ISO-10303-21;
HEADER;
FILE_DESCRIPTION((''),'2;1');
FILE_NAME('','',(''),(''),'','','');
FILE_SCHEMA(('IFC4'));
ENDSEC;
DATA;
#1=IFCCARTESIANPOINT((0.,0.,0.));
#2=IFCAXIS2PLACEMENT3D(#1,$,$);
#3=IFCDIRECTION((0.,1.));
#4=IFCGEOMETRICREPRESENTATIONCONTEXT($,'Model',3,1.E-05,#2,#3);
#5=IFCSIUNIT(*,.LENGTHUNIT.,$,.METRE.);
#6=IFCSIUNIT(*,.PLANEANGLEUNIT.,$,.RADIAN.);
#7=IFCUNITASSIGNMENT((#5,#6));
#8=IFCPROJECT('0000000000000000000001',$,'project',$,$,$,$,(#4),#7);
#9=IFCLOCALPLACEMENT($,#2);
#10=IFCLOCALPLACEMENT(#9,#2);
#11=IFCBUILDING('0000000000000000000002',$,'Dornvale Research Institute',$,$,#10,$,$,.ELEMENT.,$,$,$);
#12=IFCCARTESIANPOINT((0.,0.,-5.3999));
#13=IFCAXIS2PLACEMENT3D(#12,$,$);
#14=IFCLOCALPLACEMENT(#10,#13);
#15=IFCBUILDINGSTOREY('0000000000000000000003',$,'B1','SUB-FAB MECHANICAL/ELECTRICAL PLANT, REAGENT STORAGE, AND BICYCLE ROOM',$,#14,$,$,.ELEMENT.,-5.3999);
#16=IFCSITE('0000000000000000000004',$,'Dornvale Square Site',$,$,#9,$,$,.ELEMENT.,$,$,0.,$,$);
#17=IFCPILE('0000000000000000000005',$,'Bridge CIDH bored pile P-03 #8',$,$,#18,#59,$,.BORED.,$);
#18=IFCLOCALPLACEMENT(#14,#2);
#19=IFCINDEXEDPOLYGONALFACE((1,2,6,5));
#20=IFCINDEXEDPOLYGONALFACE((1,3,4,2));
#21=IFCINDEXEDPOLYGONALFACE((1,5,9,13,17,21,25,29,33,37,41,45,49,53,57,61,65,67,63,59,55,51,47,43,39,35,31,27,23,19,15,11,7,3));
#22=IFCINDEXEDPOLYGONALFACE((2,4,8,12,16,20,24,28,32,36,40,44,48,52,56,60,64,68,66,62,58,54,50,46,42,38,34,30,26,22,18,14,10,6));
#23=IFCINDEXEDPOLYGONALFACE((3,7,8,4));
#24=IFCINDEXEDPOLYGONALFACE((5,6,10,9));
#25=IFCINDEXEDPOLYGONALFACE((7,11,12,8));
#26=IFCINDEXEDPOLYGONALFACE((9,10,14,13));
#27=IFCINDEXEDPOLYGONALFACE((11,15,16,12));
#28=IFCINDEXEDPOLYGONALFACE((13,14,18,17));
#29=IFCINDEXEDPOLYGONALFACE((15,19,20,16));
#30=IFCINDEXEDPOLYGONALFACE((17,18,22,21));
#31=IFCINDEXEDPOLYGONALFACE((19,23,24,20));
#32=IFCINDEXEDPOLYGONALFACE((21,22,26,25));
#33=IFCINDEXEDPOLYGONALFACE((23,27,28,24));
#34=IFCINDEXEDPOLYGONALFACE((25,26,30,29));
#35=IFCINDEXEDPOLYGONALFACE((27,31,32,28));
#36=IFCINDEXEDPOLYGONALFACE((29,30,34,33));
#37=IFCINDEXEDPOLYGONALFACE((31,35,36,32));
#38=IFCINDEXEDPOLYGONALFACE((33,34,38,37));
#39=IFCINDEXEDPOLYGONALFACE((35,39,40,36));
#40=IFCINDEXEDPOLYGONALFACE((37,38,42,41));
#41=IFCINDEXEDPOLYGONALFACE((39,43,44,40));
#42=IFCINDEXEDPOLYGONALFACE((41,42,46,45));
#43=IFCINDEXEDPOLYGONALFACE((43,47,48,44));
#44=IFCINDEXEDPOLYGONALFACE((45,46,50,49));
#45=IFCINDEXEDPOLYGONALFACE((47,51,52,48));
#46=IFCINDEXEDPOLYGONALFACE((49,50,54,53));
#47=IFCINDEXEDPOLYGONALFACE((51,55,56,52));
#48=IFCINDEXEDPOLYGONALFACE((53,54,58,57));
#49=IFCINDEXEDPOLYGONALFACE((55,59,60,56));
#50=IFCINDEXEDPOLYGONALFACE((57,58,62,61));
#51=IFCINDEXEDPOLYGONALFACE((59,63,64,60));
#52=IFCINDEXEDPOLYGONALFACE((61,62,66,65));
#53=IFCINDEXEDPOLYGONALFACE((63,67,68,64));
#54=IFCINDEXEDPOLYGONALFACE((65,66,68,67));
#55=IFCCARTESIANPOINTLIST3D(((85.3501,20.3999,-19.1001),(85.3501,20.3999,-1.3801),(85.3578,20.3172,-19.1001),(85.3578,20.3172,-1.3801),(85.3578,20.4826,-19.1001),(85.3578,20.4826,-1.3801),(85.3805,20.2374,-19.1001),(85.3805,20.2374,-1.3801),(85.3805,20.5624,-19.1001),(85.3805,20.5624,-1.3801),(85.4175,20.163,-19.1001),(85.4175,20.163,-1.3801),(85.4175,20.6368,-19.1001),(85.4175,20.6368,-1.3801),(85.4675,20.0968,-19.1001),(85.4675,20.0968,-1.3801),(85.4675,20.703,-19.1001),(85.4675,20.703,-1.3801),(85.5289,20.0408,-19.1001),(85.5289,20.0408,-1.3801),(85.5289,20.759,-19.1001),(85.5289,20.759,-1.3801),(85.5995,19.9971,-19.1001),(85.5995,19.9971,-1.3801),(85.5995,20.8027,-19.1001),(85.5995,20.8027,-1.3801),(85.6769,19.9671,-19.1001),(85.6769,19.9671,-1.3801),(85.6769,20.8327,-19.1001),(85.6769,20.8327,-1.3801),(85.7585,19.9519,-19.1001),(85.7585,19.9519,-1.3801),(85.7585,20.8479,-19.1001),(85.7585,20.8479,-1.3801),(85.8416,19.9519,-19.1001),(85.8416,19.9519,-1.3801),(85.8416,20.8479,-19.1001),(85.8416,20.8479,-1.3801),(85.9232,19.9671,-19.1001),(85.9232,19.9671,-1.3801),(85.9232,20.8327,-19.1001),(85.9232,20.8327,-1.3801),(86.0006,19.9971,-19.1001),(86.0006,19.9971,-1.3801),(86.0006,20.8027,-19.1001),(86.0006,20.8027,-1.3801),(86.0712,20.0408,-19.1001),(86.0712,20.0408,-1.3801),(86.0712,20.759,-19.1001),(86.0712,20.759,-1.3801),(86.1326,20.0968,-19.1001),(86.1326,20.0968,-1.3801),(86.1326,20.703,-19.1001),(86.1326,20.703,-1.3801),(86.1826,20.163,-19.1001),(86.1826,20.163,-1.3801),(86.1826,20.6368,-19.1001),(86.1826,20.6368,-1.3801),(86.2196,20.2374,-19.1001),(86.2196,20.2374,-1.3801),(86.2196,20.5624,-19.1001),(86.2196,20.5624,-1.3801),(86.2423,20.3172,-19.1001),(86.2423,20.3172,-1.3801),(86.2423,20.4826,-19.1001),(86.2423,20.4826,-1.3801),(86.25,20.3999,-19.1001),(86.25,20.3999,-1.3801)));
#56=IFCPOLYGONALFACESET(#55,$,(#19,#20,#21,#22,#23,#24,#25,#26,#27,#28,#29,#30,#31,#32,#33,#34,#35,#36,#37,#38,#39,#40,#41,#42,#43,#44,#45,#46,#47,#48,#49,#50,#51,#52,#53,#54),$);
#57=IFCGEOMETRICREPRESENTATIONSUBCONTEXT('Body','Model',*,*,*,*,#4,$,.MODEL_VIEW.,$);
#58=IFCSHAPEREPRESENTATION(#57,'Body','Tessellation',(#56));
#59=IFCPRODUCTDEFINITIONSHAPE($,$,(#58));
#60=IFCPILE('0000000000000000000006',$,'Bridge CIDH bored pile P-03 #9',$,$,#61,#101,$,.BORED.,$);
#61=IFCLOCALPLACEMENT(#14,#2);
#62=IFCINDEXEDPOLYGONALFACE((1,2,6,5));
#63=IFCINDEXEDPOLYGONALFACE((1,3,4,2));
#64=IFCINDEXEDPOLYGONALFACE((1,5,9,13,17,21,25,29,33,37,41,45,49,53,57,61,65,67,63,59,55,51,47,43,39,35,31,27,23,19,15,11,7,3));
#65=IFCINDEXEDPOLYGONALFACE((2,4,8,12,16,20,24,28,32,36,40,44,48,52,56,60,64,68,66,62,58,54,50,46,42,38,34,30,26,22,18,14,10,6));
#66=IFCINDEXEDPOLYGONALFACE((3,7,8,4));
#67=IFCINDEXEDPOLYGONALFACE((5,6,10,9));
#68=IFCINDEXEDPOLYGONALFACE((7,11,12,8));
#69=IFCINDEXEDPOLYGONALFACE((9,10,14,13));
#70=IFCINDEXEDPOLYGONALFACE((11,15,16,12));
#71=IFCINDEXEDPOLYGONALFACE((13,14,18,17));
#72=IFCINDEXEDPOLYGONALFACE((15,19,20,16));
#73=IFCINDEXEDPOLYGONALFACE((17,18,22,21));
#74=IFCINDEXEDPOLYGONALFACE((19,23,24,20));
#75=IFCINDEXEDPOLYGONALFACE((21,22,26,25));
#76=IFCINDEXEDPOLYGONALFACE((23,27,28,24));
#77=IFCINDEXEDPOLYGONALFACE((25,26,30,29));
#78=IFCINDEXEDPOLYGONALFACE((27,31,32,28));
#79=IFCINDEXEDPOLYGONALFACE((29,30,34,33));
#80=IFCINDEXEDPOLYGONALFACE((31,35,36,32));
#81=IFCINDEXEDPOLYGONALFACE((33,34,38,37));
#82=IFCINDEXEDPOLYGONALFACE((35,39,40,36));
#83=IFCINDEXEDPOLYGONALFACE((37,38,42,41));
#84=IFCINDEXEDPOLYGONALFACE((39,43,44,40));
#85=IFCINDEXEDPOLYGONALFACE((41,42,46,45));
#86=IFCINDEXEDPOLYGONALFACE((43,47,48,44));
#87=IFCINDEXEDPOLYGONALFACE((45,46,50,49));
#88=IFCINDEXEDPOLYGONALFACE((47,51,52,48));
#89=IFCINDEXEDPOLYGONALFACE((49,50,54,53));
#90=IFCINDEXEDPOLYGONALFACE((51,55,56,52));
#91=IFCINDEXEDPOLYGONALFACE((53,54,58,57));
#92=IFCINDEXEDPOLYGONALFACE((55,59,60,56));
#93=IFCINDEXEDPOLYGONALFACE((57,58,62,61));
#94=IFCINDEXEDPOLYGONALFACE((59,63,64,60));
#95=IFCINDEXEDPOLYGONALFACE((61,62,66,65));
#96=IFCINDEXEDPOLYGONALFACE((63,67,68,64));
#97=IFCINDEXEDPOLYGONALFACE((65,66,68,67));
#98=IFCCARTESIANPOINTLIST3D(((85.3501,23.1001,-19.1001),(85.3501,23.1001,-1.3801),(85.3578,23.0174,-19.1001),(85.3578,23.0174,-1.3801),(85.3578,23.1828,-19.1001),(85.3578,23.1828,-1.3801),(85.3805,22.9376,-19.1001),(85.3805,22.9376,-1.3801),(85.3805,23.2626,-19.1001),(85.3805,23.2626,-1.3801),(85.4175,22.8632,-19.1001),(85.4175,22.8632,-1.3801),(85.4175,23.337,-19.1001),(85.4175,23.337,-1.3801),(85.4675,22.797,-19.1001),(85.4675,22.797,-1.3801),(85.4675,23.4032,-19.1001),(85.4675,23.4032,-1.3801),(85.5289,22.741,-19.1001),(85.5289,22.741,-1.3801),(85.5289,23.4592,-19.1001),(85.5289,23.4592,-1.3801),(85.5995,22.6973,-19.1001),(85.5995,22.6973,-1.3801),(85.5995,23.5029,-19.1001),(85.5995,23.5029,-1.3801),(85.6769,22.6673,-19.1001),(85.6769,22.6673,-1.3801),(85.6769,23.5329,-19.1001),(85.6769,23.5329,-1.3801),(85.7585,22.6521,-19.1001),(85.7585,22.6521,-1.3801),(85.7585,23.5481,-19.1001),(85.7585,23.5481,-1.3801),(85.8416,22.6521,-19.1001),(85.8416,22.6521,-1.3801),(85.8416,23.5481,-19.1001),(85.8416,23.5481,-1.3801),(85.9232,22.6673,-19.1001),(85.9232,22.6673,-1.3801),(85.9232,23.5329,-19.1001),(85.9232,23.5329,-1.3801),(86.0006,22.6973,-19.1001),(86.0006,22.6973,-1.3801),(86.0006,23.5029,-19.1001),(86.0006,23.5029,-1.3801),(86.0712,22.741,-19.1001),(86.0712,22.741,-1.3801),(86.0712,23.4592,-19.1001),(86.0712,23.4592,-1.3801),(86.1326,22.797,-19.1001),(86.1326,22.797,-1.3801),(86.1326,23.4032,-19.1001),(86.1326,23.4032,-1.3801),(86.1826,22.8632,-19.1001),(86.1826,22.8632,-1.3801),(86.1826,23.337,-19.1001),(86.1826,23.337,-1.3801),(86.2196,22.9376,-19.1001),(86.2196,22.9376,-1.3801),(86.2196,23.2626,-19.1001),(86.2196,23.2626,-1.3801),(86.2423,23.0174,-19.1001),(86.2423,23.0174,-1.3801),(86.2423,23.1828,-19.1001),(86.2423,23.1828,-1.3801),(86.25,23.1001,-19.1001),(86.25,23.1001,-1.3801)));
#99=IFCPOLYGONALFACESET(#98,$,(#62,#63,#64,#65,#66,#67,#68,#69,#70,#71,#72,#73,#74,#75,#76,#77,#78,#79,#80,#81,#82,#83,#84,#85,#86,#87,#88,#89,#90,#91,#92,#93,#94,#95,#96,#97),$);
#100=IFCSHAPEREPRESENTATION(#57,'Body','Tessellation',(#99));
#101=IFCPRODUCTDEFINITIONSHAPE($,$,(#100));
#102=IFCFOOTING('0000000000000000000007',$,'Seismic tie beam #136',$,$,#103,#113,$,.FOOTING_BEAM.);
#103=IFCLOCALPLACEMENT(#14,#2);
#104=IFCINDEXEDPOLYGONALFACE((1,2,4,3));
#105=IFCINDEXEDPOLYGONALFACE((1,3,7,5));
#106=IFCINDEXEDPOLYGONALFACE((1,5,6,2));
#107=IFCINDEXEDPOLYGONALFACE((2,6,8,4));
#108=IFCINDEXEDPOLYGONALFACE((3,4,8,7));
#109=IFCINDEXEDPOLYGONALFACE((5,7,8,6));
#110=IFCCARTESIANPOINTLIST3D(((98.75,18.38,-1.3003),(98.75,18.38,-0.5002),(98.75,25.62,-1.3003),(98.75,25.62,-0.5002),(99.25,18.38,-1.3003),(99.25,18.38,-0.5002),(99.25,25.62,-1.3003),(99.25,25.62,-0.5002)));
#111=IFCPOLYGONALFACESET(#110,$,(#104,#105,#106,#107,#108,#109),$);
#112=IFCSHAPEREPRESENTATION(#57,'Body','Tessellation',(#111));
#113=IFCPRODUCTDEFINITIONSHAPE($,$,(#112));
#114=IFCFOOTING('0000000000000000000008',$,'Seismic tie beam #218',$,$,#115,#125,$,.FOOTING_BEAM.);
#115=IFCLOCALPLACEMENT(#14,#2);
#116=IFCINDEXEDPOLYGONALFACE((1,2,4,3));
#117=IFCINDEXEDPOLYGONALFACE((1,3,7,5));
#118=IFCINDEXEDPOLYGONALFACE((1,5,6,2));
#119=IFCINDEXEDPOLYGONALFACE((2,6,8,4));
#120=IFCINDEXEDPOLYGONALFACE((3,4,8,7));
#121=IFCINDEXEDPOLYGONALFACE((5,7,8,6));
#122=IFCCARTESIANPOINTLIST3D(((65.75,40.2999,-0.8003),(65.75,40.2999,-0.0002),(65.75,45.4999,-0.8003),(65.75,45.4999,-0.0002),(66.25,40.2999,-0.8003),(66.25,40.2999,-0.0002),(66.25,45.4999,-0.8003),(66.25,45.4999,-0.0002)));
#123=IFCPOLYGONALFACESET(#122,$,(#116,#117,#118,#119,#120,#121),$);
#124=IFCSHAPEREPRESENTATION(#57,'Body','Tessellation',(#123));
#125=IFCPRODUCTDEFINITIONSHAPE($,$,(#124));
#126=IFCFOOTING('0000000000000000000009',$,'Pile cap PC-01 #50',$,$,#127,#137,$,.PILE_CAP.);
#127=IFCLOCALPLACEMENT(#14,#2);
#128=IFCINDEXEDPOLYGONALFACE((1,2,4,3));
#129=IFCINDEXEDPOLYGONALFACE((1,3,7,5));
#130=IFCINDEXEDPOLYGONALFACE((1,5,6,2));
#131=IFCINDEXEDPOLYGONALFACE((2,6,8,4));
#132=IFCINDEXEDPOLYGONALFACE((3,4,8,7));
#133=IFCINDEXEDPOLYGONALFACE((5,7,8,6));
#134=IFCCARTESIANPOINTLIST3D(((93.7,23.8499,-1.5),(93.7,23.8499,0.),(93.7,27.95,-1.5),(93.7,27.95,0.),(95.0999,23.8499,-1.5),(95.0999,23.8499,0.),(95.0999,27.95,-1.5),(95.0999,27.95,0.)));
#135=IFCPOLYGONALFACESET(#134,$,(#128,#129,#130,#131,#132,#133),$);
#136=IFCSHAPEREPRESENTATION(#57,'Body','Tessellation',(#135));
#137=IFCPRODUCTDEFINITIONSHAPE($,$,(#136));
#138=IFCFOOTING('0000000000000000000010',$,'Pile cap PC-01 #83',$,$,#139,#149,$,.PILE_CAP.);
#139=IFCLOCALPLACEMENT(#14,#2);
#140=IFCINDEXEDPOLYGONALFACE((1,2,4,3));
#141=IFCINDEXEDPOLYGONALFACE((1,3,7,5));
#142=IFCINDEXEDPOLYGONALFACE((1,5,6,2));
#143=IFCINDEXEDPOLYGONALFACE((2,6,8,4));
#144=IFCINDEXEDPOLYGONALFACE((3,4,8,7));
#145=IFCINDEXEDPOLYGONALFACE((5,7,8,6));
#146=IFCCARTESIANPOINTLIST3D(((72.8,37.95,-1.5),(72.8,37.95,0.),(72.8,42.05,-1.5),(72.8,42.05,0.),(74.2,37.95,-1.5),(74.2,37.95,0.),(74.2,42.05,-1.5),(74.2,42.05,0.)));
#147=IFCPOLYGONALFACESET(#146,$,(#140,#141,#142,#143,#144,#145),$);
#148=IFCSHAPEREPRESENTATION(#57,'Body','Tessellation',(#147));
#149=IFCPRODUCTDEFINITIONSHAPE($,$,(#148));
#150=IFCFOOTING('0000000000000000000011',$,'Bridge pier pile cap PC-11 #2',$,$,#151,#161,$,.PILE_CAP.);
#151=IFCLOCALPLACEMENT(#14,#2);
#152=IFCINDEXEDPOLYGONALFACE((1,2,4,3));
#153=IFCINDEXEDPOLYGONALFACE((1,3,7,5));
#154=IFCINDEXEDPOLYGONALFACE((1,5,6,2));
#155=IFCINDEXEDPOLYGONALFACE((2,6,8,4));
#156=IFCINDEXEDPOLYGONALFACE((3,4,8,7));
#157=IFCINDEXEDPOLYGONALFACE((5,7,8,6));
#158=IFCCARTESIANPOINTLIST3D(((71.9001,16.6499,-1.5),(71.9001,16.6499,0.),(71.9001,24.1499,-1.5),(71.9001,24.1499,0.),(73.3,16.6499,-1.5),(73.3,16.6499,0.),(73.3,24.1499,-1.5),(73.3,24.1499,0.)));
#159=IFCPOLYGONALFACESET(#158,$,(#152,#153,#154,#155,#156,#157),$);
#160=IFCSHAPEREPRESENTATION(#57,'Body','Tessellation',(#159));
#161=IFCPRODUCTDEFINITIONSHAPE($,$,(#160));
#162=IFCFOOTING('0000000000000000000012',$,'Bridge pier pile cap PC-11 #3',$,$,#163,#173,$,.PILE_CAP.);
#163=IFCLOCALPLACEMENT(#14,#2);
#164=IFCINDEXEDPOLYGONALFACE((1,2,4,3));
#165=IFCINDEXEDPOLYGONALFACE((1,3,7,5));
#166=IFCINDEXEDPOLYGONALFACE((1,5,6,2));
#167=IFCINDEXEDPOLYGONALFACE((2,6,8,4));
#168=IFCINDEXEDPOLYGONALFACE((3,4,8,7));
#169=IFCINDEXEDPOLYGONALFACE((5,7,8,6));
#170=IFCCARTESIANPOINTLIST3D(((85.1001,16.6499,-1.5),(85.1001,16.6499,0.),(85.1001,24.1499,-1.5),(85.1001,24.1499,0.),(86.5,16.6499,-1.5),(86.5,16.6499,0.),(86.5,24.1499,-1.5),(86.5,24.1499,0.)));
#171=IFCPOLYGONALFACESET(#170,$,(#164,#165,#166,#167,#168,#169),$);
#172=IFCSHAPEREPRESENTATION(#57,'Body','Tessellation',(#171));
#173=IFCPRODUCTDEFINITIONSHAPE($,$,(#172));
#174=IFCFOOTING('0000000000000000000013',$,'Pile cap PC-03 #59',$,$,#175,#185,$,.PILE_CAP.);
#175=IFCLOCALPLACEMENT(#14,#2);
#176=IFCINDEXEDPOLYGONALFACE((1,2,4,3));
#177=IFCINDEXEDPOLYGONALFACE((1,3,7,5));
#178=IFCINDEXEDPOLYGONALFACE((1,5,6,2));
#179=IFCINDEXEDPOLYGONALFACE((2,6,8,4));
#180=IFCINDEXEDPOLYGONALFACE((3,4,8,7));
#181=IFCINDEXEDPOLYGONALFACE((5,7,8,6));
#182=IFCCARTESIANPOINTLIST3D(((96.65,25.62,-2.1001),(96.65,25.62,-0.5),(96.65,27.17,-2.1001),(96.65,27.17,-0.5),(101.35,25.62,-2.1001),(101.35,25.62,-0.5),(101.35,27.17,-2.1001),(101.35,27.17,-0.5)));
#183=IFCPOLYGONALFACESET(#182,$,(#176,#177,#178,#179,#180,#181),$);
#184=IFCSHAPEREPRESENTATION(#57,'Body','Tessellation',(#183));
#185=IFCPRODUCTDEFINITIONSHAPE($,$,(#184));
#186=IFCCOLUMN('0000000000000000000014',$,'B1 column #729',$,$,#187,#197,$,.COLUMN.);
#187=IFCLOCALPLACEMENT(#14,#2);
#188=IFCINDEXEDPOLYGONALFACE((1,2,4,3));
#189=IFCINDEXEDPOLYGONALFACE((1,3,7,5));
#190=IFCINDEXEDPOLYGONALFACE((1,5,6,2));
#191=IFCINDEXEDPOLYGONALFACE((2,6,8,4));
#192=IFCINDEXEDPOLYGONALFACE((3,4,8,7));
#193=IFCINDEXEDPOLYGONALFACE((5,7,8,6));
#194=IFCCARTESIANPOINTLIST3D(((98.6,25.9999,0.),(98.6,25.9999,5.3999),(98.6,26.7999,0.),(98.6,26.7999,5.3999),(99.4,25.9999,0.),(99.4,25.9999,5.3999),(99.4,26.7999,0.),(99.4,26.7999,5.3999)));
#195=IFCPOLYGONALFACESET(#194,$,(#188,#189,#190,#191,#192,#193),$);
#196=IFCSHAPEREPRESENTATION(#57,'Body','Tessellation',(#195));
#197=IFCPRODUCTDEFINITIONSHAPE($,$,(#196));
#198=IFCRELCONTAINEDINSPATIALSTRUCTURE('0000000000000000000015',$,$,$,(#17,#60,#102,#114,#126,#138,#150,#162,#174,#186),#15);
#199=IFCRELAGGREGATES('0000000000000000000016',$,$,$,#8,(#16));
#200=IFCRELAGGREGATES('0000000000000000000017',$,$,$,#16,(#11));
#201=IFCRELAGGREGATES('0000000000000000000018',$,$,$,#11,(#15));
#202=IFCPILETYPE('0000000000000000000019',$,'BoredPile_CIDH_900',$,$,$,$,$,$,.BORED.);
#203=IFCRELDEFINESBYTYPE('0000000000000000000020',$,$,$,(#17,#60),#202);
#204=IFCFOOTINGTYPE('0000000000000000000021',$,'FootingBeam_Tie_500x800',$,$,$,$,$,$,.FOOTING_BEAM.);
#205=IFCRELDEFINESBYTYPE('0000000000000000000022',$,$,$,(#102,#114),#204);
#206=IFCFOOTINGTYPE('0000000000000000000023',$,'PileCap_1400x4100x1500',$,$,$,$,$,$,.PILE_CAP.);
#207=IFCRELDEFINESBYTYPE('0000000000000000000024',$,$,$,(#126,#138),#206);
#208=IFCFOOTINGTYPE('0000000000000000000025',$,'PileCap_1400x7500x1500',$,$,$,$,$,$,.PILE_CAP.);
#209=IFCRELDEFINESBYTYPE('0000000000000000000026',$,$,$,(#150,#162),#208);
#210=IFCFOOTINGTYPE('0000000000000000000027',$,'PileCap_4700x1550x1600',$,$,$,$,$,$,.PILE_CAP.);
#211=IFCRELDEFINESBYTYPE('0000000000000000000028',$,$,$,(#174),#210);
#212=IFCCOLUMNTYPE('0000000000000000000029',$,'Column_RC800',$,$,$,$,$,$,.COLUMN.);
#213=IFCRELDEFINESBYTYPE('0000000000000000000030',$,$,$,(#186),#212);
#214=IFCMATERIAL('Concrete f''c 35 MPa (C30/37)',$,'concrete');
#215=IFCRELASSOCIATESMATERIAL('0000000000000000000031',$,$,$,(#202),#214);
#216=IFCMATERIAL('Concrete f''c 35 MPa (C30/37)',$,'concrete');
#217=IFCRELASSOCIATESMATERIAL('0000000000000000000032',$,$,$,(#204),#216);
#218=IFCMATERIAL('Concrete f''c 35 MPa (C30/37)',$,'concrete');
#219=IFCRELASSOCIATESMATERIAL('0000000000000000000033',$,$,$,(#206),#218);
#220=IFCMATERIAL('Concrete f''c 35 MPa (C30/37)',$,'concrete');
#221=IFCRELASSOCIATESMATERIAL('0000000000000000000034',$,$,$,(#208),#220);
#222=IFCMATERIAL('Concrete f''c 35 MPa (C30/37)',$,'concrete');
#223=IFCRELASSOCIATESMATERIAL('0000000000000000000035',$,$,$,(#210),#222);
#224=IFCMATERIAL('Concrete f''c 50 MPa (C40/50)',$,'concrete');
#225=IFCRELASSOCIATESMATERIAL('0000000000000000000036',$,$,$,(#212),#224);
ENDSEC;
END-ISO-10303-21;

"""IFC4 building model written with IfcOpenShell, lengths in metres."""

from ifc_helpers import new_model, si_unit, direction, frame, origin, origin_2d, place, context, subcontext, project, spatial, rectangle, circle, extrude, material, material_profile, profile_set, type_object, element, save


model = new_model("IFC4")

# Units and contexts
model_context = context("Model", 3, precision=1e-05, world=origin(), true_north=direction((0.0, 1.0)))
body_context = subcontext(model_context, "Body", "Model", "MODEL_VIEW")
ifc_project = project(units=[si_unit("LENGTHUNIT", "METRE"), si_unit("PLANEANGLEUNIT", "RADIAN")], contexts=[model_context])

# Site, building, storey
site_placement = place(None, origin())
site = spatial("IfcSite", under=ifc_project, at=site_placement, Name="Dornvale Square Site", CompositionType="ELEMENT", RefElevation=0.0)
building_placement = place(site_placement, origin())
building = spatial("IfcBuilding", under=site, at=building_placement, Name="Dornvale Research Institute", CompositionType="ELEMENT")
storey_placement = place(building_placement, frame((0.0, 0.0, -5.3999)))
storey = spatial("IfcBuildingStorey", under=building, at=storey_placement, Name="B1", Description="SUB-FAB MECHANICAL/ELECTRICAL PLANT, REAGENT STORAGE, AND BICYCLE ROOM", CompositionType="ELEMENT", Elevation=-5.3999)

# Piles
ifc_material_1 = material(Name="Concrete f'c 35 MPa (C30/37)", Category="concrete")
ifc_material_profile_1 = material_profile(ifc_material_1, circle(Radius=0.45, at=origin_2d()), Name="CIDH PILE D900")
ifc_profile_set_1 = profile_set([ifc_material_profile_1], Name="Concrete f'c 35 MPa (C30/37)")
pile_type_1 = type_object("IfcPileType", Name="BoredPile_CIDH_900", PredefinedType="BORED", material=ifc_profile_set_1)
for number, where, z_axis, x_axis, name in (
    (1, (85.8, 20.3999, -1.3801), (0.0, 0.0, -1.0), (1.0, 0.0, 0.0), "Bridge CIDH bored pile P-03 #8"),
    (2, (85.8, 23.1001, -1.3801), (0.0, 0.0, -1.0), (1.0, 0.0, 0.0), "Bridge CIDH bored pile P-03 #9"),
):
    element("IfcPile", number, at=place(storey_placement, frame(where, z_axis=z_axis, x_axis=x_axis)), inside=storey, type_object=pile_type_1, Name=name, PredefinedType="BORED", context=body_context, shape_type="SweptSolid", body=[
        extrude(circle(Radius=0.45, at=origin_2d()), origin(), (0.0, 0.0, 1.0), 17.72),
    ])

# Footings
ifc_material_2 = material(Name="Concrete f'c 35 MPa (C30/37)", Category="concrete")
footing_type_1 = type_object("IfcFootingType", Name="FootingBeam_Tie_500x800", PredefinedType="FOOTING_BEAM", material=ifc_material_2)
footing_1_placement = place(storey_placement, frame((99.0, 22.0, -1.3003), z_axis=(0.0, 0.0, 1.0), x_axis=(0.0, 1.0, 0.0)))
element("IfcFooting", 3, at=footing_1_placement, inside=storey, type_object=footing_type_1, Name="Seismic tie beam #136", PredefinedType="FOOTING_BEAM", context=body_context, shape_type="SweptSolid", body=[
    extrude(rectangle(XDim=7.24, YDim=0.5, at=origin_2d()), origin(), (0.0, 0.0, 1.0), 0.8),
])
footing_2_placement = place(storey_placement, frame((66.0, 42.8999, -0.8003), z_axis=(0.0, 0.0, 1.0), x_axis=(0.0, 1.0, 0.0)))
element("IfcFooting", 4, at=footing_2_placement, inside=storey, type_object=footing_type_1, Name="Seismic tie beam #218", PredefinedType="FOOTING_BEAM", context=body_context, shape_type="SweptSolid", body=[
    extrude(rectangle(XDim=5.2, YDim=0.5, at=origin_2d()), origin(), (0.0, 0.0, 1.0), 0.8),
])
ifc_material_3 = material(Name="Concrete f'c 35 MPa (C30/37)", Category="concrete")
footing_type_2 = type_object("IfcFootingType", Name="PileCap_1400x4100x1500", PredefinedType="PILE_CAP", material=ifc_material_3)
for number, where, z_axis, x_axis, name in (
    (5, (94.3999, 25.8999, -1.5), (0.0, 0.0, 1.0), (1.0, 0.0, 0.0), "Pile cap PC-01 #50"),
    (6, (73.5, 40.0, -1.5), (0.0, 0.0, 1.0), (1.0, 0.0, 0.0), "Pile cap PC-01 #83"),
):
    element("IfcFooting", number, at=place(storey_placement, frame(where, z_axis=z_axis, x_axis=x_axis)), inside=storey, type_object=footing_type_2, Name=name, PredefinedType="PILE_CAP", context=body_context, shape_type="SweptSolid", body=[
        extrude(rectangle(XDim=1.3999, YDim=4.1001, at=origin_2d()), origin(), (0.0, 0.0, 1.0), 1.5),
    ])
ifc_material_4 = material(Name="Concrete f'c 35 MPa (C30/37)", Category="concrete")
footing_type_3 = type_object("IfcFootingType", Name="PileCap_1400x7500x1500", PredefinedType="PILE_CAP", material=ifc_material_4)
for number, where, z_axis, x_axis, name in (
    (7, (72.6001, 20.3999, -1.5), (0.0, 0.0, 1.0), (1.0, 0.0, 0.0), "Bridge pier pile cap PC-11 #2"),
    (8, (85.8, 20.3999, -1.5), (0.0, 0.0, 1.0), (1.0, 0.0, 0.0), "Bridge pier pile cap PC-11 #3"),
):
    element("IfcFooting", number, at=place(storey_placement, frame(where, z_axis=z_axis, x_axis=x_axis)), inside=storey, type_object=footing_type_3, Name=name, PredefinedType="PILE_CAP", context=body_context, shape_type="SweptSolid", body=[
        extrude(rectangle(XDim=1.3999, YDim=7.5, at=origin_2d()), origin(), (0.0, 0.0, 1.0), 1.5),
    ])
ifc_material_5 = material(Name="Concrete f'c 35 MPa (C30/37)", Category="concrete")
footing_type_4 = type_object("IfcFootingType", Name="PileCap_4700x1550x1600", PredefinedType="PILE_CAP", material=ifc_material_5)
footing_3_placement = place(storey_placement, frame((99.0, 26.395, -2.1001), z_axis=(0.0, 0.0, 1.0), x_axis=(1.0, 0.0, 0.0)))
element("IfcFooting", 9, at=footing_3_placement, inside=storey, type_object=footing_type_4, Name="Pile cap PC-03 #59", PredefinedType="PILE_CAP", context=body_context, shape_type="SweptSolid", body=[
    extrude(rectangle(XDim=4.7, YDim=1.55, at=origin_2d()), origin(), (0.0, 0.0, 1.0), 1.6001),
])

# Column
ifc_material_6 = material(Name="Concrete f'c 50 MPa (C40/50)", Category="concrete")
ifc_material_profile_2 = material_profile(ifc_material_6, rectangle(XDim=0.8, YDim=0.8, at=origin_2d()), Name="RC 800x800")
ifc_profile_set_2 = profile_set([ifc_material_profile_2], Name="Concrete f'c 50 MPa (C40/50)")
column_type = type_object("IfcColumnType", Name="Column_RC800", PredefinedType="COLUMN", material=ifc_profile_set_2)
column_placement = place(storey_placement, frame((99.0, 26.3999, 0.0), z_axis=(0.0, 0.0, 1.0), x_axis=(1.0, 0.0, 0.0)))
element("IfcColumn", 10, at=column_placement, inside=storey, type_object=column_type, Name="B1 column #729", PredefinedType="COLUMN", context=body_context, shape_type="SweptSolid", body=[
    extrude(rectangle(XDim=0.8, YDim=0.8, at=origin_2d()), origin(), (0.0, 0.0, 1.0), 5.3999),
])

save(model, "model.ifc")
